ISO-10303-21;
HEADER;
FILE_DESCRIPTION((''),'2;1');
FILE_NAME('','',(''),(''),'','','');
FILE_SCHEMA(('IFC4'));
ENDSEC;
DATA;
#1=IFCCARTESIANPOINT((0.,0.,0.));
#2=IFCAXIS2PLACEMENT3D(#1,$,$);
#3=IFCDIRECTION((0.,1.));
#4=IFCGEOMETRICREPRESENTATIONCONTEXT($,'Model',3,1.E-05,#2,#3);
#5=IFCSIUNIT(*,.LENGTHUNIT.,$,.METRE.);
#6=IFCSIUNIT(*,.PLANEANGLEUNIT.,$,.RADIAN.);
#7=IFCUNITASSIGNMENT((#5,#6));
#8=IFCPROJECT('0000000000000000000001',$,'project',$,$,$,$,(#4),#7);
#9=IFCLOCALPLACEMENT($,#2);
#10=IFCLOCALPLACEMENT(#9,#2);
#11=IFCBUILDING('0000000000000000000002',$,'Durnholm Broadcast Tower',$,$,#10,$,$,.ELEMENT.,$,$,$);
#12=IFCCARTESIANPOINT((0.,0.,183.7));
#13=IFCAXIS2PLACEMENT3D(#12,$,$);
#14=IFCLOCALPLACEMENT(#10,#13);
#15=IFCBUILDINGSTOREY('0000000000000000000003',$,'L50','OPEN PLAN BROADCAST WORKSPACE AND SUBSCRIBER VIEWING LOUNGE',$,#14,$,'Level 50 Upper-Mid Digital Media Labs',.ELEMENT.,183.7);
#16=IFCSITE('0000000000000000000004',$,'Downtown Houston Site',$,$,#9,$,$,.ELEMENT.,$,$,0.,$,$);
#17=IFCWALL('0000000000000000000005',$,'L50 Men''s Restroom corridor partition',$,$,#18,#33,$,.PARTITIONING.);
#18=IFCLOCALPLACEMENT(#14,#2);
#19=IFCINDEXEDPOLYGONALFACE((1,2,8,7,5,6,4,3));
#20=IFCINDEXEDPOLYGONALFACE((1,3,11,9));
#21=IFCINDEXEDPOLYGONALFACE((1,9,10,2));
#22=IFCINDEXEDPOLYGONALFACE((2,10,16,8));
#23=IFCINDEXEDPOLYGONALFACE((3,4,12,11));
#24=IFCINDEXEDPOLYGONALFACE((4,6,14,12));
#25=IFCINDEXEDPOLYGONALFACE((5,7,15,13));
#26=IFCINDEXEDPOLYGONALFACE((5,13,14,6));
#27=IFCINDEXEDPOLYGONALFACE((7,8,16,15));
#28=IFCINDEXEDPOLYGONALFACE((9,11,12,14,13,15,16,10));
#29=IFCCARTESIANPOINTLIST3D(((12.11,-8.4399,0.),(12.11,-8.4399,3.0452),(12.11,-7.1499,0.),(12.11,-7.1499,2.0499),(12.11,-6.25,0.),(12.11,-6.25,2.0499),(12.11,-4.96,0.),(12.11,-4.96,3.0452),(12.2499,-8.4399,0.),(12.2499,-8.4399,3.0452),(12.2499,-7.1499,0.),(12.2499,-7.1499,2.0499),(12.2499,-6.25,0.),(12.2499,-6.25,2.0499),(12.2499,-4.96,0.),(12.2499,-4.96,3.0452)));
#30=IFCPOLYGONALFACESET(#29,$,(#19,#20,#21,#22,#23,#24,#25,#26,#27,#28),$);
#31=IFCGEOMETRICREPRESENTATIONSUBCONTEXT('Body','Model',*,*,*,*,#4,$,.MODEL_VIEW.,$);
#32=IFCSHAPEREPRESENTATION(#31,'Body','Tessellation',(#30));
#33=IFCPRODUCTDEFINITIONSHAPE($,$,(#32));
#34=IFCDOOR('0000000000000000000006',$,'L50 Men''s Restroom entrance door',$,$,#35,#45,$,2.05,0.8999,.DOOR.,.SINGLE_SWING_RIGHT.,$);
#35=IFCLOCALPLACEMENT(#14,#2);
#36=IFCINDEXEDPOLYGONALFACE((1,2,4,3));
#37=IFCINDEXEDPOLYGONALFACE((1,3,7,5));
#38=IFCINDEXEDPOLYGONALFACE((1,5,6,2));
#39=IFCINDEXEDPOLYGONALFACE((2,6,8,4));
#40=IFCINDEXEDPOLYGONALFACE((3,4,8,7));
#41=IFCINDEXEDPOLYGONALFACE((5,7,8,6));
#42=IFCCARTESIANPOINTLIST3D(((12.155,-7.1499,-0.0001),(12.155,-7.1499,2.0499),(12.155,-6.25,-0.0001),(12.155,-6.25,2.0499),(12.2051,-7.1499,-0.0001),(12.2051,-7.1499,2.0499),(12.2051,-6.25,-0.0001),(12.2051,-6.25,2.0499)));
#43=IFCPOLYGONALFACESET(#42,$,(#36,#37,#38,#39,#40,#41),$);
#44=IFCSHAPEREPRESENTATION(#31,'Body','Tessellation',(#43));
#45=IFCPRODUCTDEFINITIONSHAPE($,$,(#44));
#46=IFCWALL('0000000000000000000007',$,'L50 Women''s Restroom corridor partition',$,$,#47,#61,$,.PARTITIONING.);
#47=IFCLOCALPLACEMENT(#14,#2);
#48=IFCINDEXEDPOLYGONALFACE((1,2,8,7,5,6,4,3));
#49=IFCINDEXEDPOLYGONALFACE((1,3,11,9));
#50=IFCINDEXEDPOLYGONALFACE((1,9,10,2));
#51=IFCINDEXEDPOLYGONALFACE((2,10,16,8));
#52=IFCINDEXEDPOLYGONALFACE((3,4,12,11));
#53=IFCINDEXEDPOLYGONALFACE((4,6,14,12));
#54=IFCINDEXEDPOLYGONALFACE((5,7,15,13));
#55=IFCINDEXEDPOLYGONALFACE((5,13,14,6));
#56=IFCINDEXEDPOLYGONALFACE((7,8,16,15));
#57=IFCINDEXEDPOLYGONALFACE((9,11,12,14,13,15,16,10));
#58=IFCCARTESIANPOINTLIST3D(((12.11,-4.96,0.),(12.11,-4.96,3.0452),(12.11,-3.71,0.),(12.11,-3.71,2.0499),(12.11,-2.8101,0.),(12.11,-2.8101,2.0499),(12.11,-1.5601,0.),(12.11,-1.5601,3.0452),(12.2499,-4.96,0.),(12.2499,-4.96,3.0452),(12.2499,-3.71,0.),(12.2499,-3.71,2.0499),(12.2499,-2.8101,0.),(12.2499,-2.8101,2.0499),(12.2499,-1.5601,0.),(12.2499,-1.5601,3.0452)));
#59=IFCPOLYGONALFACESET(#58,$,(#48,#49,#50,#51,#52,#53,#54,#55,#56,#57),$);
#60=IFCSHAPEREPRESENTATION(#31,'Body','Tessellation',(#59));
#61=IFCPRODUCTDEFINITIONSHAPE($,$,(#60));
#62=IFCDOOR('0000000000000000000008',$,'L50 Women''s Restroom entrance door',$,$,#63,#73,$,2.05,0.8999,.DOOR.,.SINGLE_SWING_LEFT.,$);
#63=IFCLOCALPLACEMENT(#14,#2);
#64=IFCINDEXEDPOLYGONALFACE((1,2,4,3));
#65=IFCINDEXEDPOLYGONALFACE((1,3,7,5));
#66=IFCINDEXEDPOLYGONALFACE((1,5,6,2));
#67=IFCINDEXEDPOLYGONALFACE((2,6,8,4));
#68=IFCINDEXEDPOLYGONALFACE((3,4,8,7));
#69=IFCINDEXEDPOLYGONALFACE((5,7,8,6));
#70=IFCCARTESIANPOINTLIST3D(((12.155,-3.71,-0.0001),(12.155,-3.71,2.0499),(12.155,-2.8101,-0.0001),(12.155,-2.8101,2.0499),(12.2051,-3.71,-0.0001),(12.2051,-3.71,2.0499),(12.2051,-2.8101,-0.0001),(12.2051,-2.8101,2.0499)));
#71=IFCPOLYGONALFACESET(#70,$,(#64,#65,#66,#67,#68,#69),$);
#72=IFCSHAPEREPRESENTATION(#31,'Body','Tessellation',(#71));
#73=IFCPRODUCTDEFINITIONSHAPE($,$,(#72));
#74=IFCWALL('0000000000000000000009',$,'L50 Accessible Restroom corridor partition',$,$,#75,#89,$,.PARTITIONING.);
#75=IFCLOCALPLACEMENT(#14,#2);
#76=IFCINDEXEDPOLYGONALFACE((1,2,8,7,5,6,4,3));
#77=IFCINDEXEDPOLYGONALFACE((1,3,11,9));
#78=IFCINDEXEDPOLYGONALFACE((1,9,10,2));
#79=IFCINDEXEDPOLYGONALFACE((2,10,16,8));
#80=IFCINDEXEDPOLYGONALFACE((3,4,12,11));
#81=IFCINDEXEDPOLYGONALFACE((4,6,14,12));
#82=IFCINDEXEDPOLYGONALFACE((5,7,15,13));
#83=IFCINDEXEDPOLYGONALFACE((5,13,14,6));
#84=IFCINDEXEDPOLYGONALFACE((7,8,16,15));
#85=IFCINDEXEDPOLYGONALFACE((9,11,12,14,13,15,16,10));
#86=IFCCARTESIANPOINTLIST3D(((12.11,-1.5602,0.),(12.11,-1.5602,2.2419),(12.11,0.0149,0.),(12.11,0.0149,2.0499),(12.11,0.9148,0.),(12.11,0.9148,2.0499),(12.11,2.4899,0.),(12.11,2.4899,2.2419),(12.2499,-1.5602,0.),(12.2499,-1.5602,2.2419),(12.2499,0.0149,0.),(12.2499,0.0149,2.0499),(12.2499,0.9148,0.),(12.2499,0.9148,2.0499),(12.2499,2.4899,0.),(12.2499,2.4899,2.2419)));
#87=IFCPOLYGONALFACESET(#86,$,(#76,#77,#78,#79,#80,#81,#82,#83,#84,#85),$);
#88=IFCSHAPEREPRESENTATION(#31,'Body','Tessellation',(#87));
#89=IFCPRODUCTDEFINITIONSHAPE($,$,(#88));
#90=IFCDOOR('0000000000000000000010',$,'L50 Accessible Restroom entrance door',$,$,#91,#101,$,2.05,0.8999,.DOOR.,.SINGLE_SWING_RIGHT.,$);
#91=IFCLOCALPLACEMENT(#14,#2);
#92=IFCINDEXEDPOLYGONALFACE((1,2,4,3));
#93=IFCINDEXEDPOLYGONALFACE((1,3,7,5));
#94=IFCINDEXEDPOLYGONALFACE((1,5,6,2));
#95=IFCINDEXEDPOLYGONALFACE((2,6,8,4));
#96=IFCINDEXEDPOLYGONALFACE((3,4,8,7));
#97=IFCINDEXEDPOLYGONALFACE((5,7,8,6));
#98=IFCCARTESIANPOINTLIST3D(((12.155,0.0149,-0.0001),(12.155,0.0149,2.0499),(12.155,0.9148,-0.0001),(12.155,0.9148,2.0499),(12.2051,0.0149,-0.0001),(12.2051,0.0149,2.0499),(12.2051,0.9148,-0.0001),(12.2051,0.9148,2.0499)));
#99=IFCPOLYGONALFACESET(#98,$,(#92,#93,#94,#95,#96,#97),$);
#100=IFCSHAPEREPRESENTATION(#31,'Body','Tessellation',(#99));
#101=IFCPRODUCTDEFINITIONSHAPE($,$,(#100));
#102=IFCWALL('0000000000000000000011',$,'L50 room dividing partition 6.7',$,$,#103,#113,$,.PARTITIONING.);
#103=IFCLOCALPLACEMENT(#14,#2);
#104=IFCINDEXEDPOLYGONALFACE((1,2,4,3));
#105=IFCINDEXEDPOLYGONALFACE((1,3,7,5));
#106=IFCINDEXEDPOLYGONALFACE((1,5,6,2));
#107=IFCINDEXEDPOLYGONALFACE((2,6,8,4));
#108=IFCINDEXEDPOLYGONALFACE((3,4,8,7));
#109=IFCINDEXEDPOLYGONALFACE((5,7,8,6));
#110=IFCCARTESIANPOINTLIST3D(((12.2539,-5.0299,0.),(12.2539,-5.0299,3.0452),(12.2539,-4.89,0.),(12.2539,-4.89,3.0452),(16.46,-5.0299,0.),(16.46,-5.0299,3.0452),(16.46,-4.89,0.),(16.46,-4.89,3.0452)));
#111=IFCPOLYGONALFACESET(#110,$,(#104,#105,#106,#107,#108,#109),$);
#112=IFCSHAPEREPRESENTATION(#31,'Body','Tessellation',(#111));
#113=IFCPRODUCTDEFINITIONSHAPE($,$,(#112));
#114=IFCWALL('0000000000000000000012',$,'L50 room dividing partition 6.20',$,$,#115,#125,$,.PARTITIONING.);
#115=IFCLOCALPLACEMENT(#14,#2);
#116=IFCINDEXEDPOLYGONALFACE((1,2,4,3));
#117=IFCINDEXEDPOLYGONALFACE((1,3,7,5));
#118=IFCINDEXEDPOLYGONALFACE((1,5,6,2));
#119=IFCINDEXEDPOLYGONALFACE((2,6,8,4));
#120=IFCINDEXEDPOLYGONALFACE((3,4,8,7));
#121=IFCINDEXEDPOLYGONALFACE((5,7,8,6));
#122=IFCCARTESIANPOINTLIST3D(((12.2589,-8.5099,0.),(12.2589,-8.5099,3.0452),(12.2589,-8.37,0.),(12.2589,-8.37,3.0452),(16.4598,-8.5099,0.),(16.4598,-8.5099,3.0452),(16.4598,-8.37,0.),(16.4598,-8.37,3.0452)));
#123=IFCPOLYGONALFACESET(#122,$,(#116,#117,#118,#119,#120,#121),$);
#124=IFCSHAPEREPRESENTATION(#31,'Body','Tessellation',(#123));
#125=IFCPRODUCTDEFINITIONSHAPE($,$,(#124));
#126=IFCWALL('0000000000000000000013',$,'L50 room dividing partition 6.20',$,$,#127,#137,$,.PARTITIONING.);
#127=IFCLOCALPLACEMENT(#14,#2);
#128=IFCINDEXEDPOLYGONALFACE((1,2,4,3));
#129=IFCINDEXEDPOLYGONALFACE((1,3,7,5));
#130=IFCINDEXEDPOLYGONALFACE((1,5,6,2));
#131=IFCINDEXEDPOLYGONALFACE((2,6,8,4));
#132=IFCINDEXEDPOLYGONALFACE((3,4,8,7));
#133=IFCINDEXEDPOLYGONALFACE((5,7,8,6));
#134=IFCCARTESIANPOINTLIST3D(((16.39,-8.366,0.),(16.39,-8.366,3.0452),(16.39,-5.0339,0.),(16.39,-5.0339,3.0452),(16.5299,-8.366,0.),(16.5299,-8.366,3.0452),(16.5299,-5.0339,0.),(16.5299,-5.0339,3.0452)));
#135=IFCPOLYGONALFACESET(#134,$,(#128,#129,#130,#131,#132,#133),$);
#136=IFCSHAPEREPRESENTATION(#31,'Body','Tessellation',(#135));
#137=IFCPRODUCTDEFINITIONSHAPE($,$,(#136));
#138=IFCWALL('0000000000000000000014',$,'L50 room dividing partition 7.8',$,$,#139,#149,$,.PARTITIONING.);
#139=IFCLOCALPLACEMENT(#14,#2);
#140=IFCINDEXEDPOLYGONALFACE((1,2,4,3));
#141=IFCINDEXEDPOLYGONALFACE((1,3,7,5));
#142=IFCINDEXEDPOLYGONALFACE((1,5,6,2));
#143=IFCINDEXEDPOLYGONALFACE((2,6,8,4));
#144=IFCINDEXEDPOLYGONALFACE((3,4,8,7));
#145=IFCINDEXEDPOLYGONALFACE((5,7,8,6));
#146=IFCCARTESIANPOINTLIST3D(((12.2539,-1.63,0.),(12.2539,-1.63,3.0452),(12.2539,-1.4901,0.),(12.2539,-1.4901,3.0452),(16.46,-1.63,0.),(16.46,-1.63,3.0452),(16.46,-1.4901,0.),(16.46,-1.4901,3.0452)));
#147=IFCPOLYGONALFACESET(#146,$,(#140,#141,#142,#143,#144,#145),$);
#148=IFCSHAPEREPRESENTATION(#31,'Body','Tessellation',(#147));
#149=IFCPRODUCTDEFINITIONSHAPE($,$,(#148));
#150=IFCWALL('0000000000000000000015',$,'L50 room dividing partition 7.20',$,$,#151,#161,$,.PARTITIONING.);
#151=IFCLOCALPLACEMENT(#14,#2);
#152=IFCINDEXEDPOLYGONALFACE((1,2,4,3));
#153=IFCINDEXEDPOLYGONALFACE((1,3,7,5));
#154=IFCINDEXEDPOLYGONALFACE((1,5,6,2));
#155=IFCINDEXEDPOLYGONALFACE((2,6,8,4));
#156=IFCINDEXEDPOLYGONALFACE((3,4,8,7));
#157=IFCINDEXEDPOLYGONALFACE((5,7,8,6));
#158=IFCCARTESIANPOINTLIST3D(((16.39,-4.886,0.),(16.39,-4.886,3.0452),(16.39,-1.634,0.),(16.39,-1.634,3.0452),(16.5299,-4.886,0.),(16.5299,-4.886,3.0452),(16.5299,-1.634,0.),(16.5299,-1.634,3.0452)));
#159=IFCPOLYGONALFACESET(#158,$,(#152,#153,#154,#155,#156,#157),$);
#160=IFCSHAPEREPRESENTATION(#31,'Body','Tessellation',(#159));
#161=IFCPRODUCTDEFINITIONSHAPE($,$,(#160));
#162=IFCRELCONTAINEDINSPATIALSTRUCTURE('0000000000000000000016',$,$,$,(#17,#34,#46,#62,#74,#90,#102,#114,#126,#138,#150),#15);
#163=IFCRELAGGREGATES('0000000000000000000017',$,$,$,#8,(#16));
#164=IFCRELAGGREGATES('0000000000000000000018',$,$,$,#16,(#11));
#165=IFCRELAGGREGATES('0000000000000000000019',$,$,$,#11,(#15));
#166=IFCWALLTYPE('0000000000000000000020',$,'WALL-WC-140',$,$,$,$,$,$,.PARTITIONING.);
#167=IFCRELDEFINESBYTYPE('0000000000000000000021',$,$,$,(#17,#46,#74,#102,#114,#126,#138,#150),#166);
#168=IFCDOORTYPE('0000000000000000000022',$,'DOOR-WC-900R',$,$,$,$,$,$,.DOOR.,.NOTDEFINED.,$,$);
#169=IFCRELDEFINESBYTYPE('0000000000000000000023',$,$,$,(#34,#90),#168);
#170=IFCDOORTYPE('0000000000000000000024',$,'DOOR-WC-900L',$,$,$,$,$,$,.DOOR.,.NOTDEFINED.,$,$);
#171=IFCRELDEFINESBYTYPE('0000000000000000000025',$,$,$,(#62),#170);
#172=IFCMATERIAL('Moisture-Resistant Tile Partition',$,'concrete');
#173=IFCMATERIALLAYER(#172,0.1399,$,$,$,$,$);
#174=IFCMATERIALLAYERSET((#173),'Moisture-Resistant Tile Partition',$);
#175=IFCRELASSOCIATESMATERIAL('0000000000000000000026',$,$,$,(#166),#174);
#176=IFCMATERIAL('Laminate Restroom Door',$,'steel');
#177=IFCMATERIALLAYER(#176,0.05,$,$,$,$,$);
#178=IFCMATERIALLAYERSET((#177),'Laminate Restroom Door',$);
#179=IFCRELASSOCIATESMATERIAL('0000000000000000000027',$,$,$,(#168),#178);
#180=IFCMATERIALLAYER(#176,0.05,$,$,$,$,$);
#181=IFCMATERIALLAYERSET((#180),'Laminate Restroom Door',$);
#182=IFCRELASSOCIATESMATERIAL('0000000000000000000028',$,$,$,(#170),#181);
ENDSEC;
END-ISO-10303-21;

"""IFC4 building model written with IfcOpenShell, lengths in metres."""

from ifc_helpers import new_model, si_unit, direction, frame, frame_2d, origin, place, context, subcontext, project, spatial, rectangle, extrude, source, transform, mapped, material, layer, layer_set, type_object, type_shapes, element, fill, save


model = new_model("IFC4")

# Units and contexts
model_context = context("Model", 3, precision=1e-05, world=origin(), true_north=direction((0.0, 1.0)))
body_context = subcontext(model_context, "Body", "Model", "MODEL_VIEW")
ifc_project = project(units=[si_unit("LENGTHUNIT", "METRE"), si_unit("PLANEANGLEUNIT", "RADIAN")], contexts=[model_context])

# Site, building, storey
site_placement = place(None, origin())
site = spatial("IfcSite", under=ifc_project, at=site_placement, Name="Downtown Houston Site", CompositionType="ELEMENT", RefElevation=0.0)
building_placement = place(site_placement, origin())
building = spatial("IfcBuilding", under=site, at=building_placement, Name="Durnholm Broadcast Tower", CompositionType="ELEMENT")
storey_placement = place(building_placement, frame((0.0, 0.0, 183.7)))
storey = spatial("IfcBuildingStorey", under=building, at=storey_placement, Name="L50", Description="OPEN PLAN BROADCAST WORKSPACE AND SUBSCRIBER VIEWING LOUNGE", LongName="Level 50 Upper-Mid Digital Media Labs", CompositionType="ELEMENT", Elevation=183.7)

# Walls, openings, doors
ifc_material_1 = material(Name="Moisture-Resistant Tile Partition", Category="concrete")
ifc_layer_1 = layer(ifc_material_1, 0.1399)
ifc_layer_set_1 = layer_set([ifc_layer_1], Name="Moisture-Resistant Tile Partition")
wall_type_1 = type_object("IfcWallType", Name="WALL-WC-140", PredefinedType="PARTITIONING", material=ifc_layer_set_1)
wall_1_placement = place(storey_placement, frame((12.1799, -8.4399, 0.0), z_axis=(0.0, 0.0, 1.0), x_axis=(0.0, 1.0, 0.0)))
wall_1 = element("IfcWall", 1, at=wall_1_placement, inside=storey, type_object=wall_type_1, Name="L50 Men's Restroom corridor partition", PredefinedType="PARTITIONING", context=body_context, shape_type="SweptSolid", body=[
    extrude(rectangle(XDim=3.48, YDim=0.1399, at=frame_2d((1.74, 0.0))), origin(), (0.0, 0.0, 1.0), 3.0452),
])
opening_1_placement = place(wall_1_placement, frame((1.29, 0.0, 0.0)))
opening_1 = element("IfcOpeningElement", 2, at=opening_1_placement, cuts=wall_1, PredefinedType="OPENING", context=body_context, shape_type="SweptSolid", body=[
    extrude(rectangle(XDim=0.8999, YDim=2.05, at=frame_2d((0.45, 1.0249))), frame((0.0, 0.0801, 0.0), z_axis=(0.0, -1.0, 0.0), x_axis=(1.0, 0.0, 0.0)), (0.0, 0.0, 1.0), 0.1599),
])
ifc_material_2 = material(Name="Laminate Restroom Door", Category="steel")
ifc_layer_2 = layer(ifc_material_2, 0.05)
ifc_layer_set_2 = layer_set([ifc_layer_2], Name="Laminate Restroom Door")
door_type_1 = type_object("IfcDoorType", Name="DOOR-WC-900R", OperationType="NOTDEFINED", PredefinedType="DOOR", material=ifc_layer_set_2)
shared_shape_1 = source(origin(), body_context, "Body", "SweptSolid", [
    extrude(rectangle(XDim=0.8999, YDim=2.05, at=frame_2d((0.45, 1.0249))), frame((0.0, 0.0249, 0.0), z_axis=(0.0, -1.0, 0.0), x_axis=(1.0, 0.0, 0.0)), (0.0, 0.0, 1.0), 0.05),
])
type_shapes(door_type_1, [shared_shape_1])
door_1_placement = place(opening_1_placement, origin())
door_1 = element("IfcDoor", 3, at=door_1_placement, inside=storey, type_object=door_type_1, Name="L50 Men's Restroom entrance door", OperationType="SINGLE_SWING_RIGHT", OverallHeight=2.05, OverallWidth=0.8999, PredefinedType="DOOR", context=body_context, shape_type="MappedRepresentation", body=[
    mapped(shared_shape_1, transform((0.0, 0.0, 0.0), x_axis=(1.0, 0.0, 0.0), y_axis=(0.0, 1.0, 0.0), z_axis=(0.0, 0.0, 1.0), scale=1.0)),
])
fill(opening_1, door_1)
wall_2_placement = place(storey_placement, frame((12.1799, -4.96, 0.0), z_axis=(0.0, 0.0, 1.0), x_axis=(0.0, 1.0, 0.0)))
wall_2 = element("IfcWall", 4, at=wall_2_placement, inside=storey, type_object=wall_type_1, Name="L50 Women's Restroom corridor partition", PredefinedType="PARTITIONING", context=body_context, shape_type="SweptSolid", body=[
    extrude(rectangle(XDim=3.3999, YDim=0.1399, at=frame_2d((1.7, 0.0))), origin(), (0.0, 0.0, 1.0), 3.0452),
])
opening_2_placement = place(wall_2_placement, frame((1.25, 0.0, 0.0)))
opening_2 = element("IfcOpeningElement", 5, at=opening_2_placement, cuts=wall_2, PredefinedType="OPENING", context=body_context, shape_type="SweptSolid", body=[
    extrude(rectangle(XDim=0.8999, YDim=2.05, at=frame_2d((0.45, 1.0249))), frame((0.0, 0.0801, 0.0), z_axis=(0.0, -1.0, 0.0), x_axis=(1.0, 0.0, 0.0)), (0.0, 0.0, 1.0), 0.1599),
])
ifc_layer_3 = layer(ifc_material_2, 0.05)
ifc_layer_set_3 = layer_set([ifc_layer_3], Name="Laminate Restroom Door")
door_type_2 = type_object("IfcDoorType", Name="DOOR-WC-900L", OperationType="NOTDEFINED", PredefinedType="DOOR", material=ifc_layer_set_3)
shared_shape_2 = source(origin(), body_context, "Body", "SweptSolid", [
    extrude(rectangle(XDim=0.8999, YDim=2.05, at=frame_2d((0.45, 1.0249))), frame((0.0, 0.0249, 0.0), z_axis=(0.0, -1.0, 0.0), x_axis=(1.0, 0.0, 0.0)), (0.0, 0.0, 1.0), 0.05),
])
type_shapes(door_type_2, [shared_shape_2])
door_2_placement = place(opening_2_placement, origin())
door_2 = element("IfcDoor", 6, at=door_2_placement, inside=storey, type_object=door_type_2, Name="L50 Women's Restroom entrance door", OperationType="SINGLE_SWING_LEFT", OverallHeight=2.05, OverallWidth=0.8999, PredefinedType="DOOR", context=body_context, shape_type="MappedRepresentation", body=[
    mapped(shared_shape_2, transform((0.0, 0.0, 0.0), x_axis=(1.0, 0.0, 0.0), y_axis=(0.0, 1.0, 0.0), z_axis=(0.0, 0.0, 1.0), scale=1.0)),
])
fill(opening_2, door_2)
wall_3_placement = place(storey_placement, frame((12.1799, -1.5601, 0.0), z_axis=(0.0, 0.0, 1.0), x_axis=(0.0, 1.0, 0.0)))
wall_3 = element("IfcWall", 7, at=wall_3_placement, inside=storey, type_object=wall_type_1, Name="L50 Accessible Restroom corridor partition", PredefinedType="PARTITIONING", context=body_context, shape_type="SweptSolid", body=[
    extrude(rectangle(XDim=4.05, YDim=0.1399, at=frame_2d((2.0249, 0.0))), origin(), (0.0, 0.0, 1.0), 2.2419),
])
opening_3_placement = place(wall_3_placement, frame((1.575, 0.0, 0.0)))
opening_3 = element("IfcOpeningElement", 8, at=opening_3_placement, cuts=wall_3, PredefinedType="OPENING", context=body_context, shape_type="SweptSolid", body=[
    extrude(rectangle(XDim=0.8999, YDim=2.05, at=frame_2d((0.45, 1.0249))), frame((0.0, 0.0801, 0.0), z_axis=(0.0, -1.0, 0.0), x_axis=(1.0, 0.0, 0.0)), (0.0, 0.0, 1.0), 0.1599),
])
door_3_placement = place(opening_3_placement, origin())
door_3 = element("IfcDoor", 9, at=door_3_placement, inside=storey, type_object=door_type_1, Name="L50 Accessible Restroom entrance door", OperationType="SINGLE_SWING_RIGHT", OverallHeight=2.05, OverallWidth=0.8999, PredefinedType="DOOR", context=body_context, shape_type="MappedRepresentation", body=[
    mapped(shared_shape_1, transform((0.0, 0.0, 0.0), x_axis=(1.0, 0.0, 0.0), y_axis=(0.0, 1.0, 0.0), z_axis=(0.0, 0.0, 1.0), scale=1.0)),
])
fill(opening_3, door_3)

# Walls
wall_4_placement = place(storey_placement, frame((12.2539, -4.96, 0.0), z_axis=(0.0, 0.0, 1.0), x_axis=(1.0, 0.0, 0.0)))
element("IfcWall", 10, at=wall_4_placement, inside=storey, type_object=wall_type_1, Name="L50 room dividing partition 6.7", PredefinedType="PARTITIONING", context=body_context, shape_type="SweptSolid", body=[
    extrude(rectangle(XDim=4.2061, YDim=0.1399, at=frame_2d((2.103, 0.0))), origin(), (0.0, 0.0, 1.0), 3.0452),
])
wall_5_placement = place(storey_placement, frame((16.46, -8.4399, 0.0), z_axis=(0.0, 0.0, 1.0), x_axis=(-1.0, 0.0, 0.0)))
element("IfcWall", 11, at=wall_5_placement, inside=storey, type_object=wall_type_1, Name="L50 room dividing partition 6.20", PredefinedType="PARTITIONING", context=body_context, shape_type="SweptSolid", body=[
    extrude(rectangle(XDim=4.2009, YDim=0.1399, at=frame_2d((2.1006, 0.0))), origin(), (0.0, 0.0, 1.0), 3.0452),
])
wall_6_placement = place(storey_placement, frame((16.46, -5.0339, 0.0), z_axis=(0.0, 0.0, 1.0), x_axis=(0.0, -1.0, 0.0)))
element("IfcWall", 12, at=wall_6_placement, inside=storey, type_object=wall_type_1, Name="L50 room dividing partition 6.20", PredefinedType="PARTITIONING", context=body_context, shape_type="SweptSolid", body=[
    extrude(rectangle(XDim=3.332, YDim=0.1399, at=frame_2d((1.666, 0.0))), origin(), (0.0, 0.0, 1.0), 3.0452),
])
wall_7_placement = place(storey_placement, frame((12.2539, -1.5601, 0.0), z_axis=(0.0, 0.0, 1.0), x_axis=(1.0, 0.0, 0.0)))
element("IfcWall", 13, at=wall_7_placement, inside=storey, type_object=wall_type_1, Name="L50 room dividing partition 7.8", PredefinedType="PARTITIONING", context=body_context, shape_type="SweptSolid", body=[
    extrude(rectangle(XDim=4.2061, YDim=0.1399, at=frame_2d((2.103, 0.0))), origin(), (0.0, 0.0, 1.0), 3.0452),
])
wall_8_placement = place(storey_placement, frame((16.46, -1.634, 0.0), z_axis=(0.0, 0.0, 1.0), x_axis=(0.0, -1.0, 0.0)))
element("IfcWall", 14, at=wall_8_placement, inside=storey, type_object=wall_type_1, Name="L50 room dividing partition 7.20", PredefinedType="PARTITIONING", context=body_context, shape_type="SweptSolid", body=[
    extrude(rectangle(XDim=3.252, YDim=0.1399, at=frame_2d((1.626, 0.0))), origin(), (0.0, 0.0, 1.0), 3.0452),
])

save(model, "model.ifc")
